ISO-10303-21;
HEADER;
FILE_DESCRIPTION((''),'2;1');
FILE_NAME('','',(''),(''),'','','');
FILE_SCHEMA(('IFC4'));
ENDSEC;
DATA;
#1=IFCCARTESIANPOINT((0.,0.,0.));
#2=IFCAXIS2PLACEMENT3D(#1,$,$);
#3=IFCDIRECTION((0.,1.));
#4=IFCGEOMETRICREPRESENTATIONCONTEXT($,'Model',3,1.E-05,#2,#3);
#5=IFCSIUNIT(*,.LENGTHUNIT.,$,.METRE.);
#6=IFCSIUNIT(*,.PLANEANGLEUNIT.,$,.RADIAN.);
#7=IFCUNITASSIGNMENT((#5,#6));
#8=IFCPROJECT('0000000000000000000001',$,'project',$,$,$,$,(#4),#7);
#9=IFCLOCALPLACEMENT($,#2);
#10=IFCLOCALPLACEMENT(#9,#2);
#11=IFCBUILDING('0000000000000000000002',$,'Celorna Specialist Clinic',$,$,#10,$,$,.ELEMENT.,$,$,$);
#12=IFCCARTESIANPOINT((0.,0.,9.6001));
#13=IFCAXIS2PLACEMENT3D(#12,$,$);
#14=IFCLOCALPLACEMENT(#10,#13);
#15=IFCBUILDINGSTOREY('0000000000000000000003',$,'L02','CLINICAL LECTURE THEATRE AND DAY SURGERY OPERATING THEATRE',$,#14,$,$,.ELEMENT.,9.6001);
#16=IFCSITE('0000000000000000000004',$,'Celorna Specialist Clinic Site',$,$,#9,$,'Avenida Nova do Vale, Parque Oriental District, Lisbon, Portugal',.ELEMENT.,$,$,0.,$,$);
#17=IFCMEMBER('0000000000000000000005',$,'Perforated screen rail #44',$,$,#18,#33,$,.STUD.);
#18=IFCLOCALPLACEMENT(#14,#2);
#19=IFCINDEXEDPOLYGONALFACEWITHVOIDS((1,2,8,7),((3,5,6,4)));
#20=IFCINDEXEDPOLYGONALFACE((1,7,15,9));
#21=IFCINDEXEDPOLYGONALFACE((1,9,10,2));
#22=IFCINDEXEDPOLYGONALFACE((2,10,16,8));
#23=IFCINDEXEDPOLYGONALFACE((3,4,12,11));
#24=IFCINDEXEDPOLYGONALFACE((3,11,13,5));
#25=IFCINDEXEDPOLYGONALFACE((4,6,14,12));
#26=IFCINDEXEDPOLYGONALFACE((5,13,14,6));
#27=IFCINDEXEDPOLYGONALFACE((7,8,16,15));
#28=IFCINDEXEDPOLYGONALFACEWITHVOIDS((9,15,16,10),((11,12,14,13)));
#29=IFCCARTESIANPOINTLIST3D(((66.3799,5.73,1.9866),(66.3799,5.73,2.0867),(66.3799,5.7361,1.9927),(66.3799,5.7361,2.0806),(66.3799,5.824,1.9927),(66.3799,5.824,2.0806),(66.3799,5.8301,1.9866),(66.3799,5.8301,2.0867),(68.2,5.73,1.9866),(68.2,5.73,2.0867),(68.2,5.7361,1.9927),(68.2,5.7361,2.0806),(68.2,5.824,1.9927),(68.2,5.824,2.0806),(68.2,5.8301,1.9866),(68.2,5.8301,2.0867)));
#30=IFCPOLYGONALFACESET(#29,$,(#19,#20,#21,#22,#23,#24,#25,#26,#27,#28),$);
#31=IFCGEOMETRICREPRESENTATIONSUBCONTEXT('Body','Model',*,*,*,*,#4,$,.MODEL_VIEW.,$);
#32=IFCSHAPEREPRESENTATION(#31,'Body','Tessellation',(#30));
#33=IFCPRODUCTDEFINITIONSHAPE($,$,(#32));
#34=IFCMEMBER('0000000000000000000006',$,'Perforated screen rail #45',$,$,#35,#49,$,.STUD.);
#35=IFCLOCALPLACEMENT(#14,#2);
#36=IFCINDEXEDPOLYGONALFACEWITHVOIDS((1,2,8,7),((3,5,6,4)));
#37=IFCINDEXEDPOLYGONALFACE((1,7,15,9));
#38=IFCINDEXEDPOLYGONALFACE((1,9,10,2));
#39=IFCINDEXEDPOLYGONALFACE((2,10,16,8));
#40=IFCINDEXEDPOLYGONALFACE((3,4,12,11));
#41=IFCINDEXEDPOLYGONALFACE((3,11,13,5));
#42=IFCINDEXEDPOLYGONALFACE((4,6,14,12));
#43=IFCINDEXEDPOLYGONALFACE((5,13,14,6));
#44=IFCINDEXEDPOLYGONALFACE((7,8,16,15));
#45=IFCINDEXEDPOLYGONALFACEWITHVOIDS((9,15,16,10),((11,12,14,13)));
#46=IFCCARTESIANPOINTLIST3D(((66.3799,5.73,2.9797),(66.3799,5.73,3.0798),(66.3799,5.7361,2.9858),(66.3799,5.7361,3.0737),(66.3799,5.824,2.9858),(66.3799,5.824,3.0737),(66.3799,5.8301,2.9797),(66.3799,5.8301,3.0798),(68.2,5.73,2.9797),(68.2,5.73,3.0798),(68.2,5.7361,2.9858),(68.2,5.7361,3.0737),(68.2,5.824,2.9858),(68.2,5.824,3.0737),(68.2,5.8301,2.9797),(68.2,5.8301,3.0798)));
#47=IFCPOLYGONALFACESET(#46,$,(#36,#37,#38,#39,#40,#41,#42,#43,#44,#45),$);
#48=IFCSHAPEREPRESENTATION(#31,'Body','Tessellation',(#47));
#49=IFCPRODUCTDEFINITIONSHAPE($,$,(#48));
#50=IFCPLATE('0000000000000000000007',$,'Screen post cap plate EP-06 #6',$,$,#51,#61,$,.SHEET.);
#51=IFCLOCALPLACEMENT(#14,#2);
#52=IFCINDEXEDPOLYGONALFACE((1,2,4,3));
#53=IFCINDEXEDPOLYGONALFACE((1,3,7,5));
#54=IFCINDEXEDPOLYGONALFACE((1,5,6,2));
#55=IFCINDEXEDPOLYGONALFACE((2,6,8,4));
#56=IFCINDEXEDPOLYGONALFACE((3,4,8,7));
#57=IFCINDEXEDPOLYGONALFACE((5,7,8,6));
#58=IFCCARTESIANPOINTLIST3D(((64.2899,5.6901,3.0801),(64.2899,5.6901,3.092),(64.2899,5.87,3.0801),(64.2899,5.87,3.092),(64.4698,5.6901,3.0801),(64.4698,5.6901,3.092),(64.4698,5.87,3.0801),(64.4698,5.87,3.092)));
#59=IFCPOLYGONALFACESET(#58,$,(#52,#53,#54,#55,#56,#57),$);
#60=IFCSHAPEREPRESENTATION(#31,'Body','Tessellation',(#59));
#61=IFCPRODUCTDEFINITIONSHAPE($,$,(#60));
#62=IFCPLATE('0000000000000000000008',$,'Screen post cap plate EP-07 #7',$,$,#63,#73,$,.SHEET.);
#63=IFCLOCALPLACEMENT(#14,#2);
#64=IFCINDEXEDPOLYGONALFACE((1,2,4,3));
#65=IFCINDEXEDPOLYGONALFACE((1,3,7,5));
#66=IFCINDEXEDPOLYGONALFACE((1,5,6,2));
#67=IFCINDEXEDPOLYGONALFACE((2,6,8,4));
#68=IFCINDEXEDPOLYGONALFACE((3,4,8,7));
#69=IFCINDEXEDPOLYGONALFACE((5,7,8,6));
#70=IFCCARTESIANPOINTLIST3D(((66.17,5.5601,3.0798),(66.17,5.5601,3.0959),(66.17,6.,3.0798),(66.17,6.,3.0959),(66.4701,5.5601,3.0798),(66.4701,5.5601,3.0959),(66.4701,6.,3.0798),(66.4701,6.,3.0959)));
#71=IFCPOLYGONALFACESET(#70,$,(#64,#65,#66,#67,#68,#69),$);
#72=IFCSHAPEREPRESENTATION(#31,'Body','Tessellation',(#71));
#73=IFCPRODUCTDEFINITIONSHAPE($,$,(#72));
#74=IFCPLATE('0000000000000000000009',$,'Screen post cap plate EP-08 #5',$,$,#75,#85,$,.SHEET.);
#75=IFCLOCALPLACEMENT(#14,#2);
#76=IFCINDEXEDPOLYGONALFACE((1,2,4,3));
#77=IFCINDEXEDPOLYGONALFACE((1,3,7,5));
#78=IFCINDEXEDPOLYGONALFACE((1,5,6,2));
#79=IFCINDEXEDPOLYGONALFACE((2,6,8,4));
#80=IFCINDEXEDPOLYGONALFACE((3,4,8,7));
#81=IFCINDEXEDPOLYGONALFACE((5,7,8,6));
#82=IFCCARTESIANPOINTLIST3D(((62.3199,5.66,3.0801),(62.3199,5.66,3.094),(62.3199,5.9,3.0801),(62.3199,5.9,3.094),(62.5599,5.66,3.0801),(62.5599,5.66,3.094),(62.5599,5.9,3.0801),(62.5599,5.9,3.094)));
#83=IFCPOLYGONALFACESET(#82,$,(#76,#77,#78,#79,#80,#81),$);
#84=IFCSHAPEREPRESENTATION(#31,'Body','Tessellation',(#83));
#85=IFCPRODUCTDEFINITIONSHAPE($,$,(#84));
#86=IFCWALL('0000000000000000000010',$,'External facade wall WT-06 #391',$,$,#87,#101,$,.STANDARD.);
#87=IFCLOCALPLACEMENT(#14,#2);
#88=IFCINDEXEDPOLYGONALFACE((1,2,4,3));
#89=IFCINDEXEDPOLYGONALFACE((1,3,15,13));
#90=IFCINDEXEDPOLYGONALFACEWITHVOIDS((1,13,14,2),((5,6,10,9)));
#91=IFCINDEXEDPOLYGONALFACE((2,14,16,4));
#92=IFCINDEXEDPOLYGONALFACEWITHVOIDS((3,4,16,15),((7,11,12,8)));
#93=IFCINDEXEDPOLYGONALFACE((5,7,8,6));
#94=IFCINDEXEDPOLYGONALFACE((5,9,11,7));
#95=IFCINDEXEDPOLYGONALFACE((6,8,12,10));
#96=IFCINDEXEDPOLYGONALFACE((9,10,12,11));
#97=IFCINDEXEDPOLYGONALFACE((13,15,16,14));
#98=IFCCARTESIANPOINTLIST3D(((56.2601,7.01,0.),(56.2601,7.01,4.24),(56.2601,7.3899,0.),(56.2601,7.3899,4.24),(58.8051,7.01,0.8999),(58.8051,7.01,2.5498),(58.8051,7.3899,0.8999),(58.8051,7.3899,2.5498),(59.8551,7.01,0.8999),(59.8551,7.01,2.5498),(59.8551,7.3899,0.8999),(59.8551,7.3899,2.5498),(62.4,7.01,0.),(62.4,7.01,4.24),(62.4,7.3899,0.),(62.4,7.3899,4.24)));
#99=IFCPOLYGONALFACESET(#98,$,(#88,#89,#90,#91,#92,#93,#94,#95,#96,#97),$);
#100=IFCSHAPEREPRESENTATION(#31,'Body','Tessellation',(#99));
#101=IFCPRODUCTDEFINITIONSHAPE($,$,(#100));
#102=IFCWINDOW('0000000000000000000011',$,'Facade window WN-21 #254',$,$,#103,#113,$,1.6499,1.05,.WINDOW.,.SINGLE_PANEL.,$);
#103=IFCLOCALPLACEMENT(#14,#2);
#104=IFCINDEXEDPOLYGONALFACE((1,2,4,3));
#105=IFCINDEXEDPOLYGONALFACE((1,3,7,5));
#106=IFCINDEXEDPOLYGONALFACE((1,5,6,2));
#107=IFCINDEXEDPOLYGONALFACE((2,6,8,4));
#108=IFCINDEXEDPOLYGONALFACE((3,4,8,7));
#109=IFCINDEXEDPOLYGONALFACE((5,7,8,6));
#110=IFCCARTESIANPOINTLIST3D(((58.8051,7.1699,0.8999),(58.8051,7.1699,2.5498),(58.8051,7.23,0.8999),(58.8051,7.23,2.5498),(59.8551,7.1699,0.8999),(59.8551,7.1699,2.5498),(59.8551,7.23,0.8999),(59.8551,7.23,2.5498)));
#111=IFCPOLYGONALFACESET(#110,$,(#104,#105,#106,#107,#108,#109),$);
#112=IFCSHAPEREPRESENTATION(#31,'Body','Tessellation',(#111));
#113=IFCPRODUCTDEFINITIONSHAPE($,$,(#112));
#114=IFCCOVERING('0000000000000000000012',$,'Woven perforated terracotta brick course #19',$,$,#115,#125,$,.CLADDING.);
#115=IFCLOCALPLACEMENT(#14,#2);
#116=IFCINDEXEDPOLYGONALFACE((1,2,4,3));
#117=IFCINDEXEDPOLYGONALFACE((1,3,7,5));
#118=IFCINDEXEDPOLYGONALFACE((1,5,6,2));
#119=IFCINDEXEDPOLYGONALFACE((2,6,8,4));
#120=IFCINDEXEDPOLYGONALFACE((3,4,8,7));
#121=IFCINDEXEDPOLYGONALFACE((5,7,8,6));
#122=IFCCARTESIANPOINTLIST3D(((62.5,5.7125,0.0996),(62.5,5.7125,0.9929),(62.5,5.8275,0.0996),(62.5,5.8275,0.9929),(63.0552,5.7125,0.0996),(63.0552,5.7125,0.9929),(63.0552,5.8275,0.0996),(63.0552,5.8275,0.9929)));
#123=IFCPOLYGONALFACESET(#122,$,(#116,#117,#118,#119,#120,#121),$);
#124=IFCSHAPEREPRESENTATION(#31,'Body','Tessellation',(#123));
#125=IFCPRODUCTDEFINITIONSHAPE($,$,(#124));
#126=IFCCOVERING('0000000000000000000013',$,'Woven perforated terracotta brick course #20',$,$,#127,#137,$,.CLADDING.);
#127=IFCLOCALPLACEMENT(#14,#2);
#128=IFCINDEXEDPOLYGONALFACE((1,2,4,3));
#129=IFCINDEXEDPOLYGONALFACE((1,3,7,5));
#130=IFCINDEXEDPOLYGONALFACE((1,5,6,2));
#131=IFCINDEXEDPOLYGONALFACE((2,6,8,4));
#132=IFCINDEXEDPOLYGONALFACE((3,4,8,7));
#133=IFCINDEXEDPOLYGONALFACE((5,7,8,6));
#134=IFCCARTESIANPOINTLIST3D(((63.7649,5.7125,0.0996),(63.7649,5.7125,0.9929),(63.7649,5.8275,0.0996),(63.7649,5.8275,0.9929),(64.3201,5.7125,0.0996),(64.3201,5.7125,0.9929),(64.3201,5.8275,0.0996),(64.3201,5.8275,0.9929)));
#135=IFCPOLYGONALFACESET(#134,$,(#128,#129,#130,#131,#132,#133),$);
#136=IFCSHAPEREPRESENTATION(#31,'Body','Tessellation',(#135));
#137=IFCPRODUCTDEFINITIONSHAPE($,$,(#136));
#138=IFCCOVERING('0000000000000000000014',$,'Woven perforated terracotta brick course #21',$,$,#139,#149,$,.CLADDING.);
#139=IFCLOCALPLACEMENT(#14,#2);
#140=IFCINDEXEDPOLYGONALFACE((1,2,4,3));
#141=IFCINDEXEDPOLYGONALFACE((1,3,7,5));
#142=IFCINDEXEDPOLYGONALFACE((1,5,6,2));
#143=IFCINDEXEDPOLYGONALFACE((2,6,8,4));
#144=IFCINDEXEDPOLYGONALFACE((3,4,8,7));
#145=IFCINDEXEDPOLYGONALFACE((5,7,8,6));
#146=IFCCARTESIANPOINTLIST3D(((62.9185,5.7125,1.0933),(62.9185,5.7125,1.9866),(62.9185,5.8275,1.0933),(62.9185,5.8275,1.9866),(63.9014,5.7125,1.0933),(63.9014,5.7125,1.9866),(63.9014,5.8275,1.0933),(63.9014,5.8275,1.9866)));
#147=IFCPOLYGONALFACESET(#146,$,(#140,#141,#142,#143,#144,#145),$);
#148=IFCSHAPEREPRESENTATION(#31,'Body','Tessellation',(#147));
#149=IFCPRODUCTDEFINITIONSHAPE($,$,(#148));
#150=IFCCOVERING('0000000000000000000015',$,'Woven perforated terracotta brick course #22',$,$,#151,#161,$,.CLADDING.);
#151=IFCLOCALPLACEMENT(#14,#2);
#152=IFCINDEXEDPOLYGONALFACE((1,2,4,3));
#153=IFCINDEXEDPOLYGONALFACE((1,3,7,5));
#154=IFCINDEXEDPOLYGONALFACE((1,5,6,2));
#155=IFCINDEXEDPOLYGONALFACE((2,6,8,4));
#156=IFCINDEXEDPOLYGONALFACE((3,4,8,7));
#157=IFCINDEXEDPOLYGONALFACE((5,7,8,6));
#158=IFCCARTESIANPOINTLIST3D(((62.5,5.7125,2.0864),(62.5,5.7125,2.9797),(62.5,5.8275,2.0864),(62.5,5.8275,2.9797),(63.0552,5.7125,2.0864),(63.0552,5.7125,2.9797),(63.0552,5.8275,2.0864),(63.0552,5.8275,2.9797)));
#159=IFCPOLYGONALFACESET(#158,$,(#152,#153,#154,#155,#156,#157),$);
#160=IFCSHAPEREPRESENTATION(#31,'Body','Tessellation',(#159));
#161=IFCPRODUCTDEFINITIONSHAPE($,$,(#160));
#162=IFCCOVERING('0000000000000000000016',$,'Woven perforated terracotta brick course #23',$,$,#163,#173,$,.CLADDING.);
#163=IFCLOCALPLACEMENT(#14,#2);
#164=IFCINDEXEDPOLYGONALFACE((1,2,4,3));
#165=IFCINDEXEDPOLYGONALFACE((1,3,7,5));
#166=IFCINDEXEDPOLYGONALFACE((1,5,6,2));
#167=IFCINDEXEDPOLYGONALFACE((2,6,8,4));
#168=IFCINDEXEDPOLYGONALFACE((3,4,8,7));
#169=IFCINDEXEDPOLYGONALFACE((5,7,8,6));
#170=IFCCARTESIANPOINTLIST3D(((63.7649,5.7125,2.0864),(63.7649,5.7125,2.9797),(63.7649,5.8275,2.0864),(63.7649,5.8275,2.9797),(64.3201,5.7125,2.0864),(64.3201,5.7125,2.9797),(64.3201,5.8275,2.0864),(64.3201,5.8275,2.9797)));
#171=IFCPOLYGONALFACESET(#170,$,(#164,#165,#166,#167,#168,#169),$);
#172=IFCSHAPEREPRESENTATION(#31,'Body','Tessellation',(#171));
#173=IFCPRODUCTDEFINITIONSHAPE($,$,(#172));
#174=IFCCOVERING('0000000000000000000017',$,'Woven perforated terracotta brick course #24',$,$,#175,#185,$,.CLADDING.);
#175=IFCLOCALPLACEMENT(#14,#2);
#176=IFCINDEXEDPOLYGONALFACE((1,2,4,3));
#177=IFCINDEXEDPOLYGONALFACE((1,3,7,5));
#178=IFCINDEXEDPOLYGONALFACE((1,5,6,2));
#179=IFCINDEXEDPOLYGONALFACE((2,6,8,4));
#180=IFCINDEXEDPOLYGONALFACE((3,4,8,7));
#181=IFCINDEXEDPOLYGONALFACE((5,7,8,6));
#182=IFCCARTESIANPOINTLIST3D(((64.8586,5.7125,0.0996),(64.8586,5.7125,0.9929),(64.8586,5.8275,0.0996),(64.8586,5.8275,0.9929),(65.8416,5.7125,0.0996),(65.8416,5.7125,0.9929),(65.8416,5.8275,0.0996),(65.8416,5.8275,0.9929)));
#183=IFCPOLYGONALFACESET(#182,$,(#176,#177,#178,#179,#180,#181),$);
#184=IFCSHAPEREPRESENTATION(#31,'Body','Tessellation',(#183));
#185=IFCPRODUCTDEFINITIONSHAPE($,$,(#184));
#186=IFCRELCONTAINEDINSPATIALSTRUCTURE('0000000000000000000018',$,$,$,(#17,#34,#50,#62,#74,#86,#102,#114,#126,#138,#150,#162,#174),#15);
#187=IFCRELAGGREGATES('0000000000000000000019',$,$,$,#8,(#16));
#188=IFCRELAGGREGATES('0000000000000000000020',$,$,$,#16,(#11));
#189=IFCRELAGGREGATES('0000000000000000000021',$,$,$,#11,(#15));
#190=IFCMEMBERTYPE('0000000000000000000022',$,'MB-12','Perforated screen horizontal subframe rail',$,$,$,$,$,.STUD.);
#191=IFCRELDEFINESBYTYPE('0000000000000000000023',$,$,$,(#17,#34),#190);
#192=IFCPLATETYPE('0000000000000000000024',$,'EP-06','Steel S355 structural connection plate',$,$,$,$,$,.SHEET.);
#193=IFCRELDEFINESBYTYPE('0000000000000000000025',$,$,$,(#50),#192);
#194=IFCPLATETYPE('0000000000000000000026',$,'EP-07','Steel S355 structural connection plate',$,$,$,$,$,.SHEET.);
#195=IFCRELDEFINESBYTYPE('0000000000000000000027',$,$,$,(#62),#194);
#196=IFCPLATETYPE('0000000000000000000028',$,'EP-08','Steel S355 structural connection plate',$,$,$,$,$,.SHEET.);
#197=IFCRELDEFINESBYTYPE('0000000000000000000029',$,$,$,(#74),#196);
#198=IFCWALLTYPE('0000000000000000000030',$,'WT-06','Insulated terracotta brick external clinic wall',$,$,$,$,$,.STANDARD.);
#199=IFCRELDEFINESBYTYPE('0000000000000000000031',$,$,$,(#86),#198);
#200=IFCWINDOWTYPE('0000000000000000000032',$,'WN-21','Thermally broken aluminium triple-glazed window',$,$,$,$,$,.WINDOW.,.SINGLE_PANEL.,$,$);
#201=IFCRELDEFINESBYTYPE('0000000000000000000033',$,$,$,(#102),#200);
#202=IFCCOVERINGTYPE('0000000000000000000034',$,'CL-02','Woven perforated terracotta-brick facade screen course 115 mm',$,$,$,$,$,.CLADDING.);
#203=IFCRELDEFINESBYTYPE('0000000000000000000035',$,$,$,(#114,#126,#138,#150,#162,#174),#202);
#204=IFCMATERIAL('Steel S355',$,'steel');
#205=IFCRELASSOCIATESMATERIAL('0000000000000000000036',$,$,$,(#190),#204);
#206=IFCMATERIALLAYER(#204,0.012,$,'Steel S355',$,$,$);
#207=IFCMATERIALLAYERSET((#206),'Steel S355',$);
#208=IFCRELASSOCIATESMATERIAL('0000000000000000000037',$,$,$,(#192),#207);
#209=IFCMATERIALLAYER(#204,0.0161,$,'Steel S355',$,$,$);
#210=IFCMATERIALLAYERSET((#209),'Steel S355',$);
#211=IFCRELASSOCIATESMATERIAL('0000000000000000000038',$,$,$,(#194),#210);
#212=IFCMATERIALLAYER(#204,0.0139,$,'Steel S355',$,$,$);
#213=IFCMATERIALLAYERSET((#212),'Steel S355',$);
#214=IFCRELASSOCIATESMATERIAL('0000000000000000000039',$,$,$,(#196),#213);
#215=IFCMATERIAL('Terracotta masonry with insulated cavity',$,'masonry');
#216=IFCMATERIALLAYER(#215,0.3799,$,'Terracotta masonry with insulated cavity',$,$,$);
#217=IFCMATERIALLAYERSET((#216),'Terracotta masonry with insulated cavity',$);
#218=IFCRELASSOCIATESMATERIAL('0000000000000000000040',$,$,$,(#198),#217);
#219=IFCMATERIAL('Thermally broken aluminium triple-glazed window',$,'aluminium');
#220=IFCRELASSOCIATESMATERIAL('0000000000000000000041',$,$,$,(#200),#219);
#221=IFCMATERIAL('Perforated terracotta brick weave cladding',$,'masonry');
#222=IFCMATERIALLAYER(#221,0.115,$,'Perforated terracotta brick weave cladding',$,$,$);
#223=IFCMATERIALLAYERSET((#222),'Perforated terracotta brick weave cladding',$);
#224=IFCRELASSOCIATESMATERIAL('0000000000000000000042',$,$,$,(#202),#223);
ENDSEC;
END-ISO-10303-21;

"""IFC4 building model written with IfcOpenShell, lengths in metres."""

from ifc_helpers import new_model, si_unit, direction, frame, frame_2d, origin, origin_2d, place, context, subcontext, project, spatial, rectangle, hollow_rectangle, extrude, material, layer, layer_set, material_profile, profile_set, type_object, element, fill, save


model = new_model("IFC4")

# Units and contexts
model_context = context("Model", 3, precision=1e-05, world=origin(), true_north=direction((0.0, 1.0)))
body_context = subcontext(model_context, "Body", "Model", "MODEL_VIEW")
ifc_project = project(units=[si_unit("LENGTHUNIT", "METRE"), si_unit("PLANEANGLEUNIT", "RADIAN")], contexts=[model_context])

# Site, building, storey
site_placement = place(None, origin())
site = spatial("IfcSite", under=ifc_project, at=site_placement, Name="Celorna Specialist Clinic Site", LongName="Avenida Nova do Vale, Parque Oriental District, Lisbon, Portugal", CompositionType="ELEMENT", RefElevation=0.0)
building_placement = place(site_placement, origin())
building = spatial("IfcBuilding", under=site, at=building_placement, Name="Celorna Specialist Clinic", CompositionType="ELEMENT")
storey_placement = place(building_placement, frame((0.0, 0.0, 9.6001)))
storey = spatial("IfcBuildingStorey", under=building, at=storey_placement, Name="L02", Description="CLINICAL LECTURE THEATRE AND DAY SURGERY OPERATING THEATRE", CompositionType="ELEMENT", Elevation=9.6001)

# Members
ifc_material_1 = material(Name="Steel S355", Category="steel")
ifc_material_profile_1 = material_profile(ifc_material_1, hollow_rectangle(XDim=0.1001, YDim=0.1001, WallThickness=0.0061, at=origin_2d()), Name="SHS 100x100x6")
ifc_profile_set_1 = profile_set([ifc_material_profile_1], Name="Steel S355")
member_type_1 = type_object("IfcMemberType", Name="MB-12", Description="Perforated screen horizontal subframe rail", PredefinedType="STUD", material=ifc_profile_set_1)
for number, where, z_axis, x_axis, name in (
    (1, (66.3799, 5.78, 2.0366), (1.0, 0.0, 0.0), (0.0, 1.0, 0.0), "Perforated screen rail #44"),
    (2, (66.3799, 5.78, 3.0298), (1.0, 0.0, 0.0), (0.0, 1.0, 0.0), "Perforated screen rail #45"),
):
    element("IfcMember", number, at=place(storey_placement, frame(where, z_axis=z_axis, x_axis=x_axis)), inside=storey, type_object=member_type_1, Name=name, PredefinedType="STUD", context=body_context, shape_type="SweptSolid", body=[
        extrude(hollow_rectangle(XDim=0.1001, YDim=0.1001, WallThickness=0.0061, at=origin_2d()), origin(), (0.0, 0.0, 1.0), 1.8201),
    ])

# Plates
ifc_layer_1 = layer(ifc_material_1, 0.012, Name="Steel S355")
ifc_layer_set_1 = layer_set([ifc_layer_1], Name="Steel S355")
plate_type_1 = type_object("IfcPlateType", Name="EP-06", Description="Steel S355 structural connection plate", PredefinedType="SHEET", material=ifc_layer_set_1)
plate_1_placement = place(storey_placement, frame((64.3799, 5.78, 3.0801), z_axis=(0.0, 0.0, 1.0), x_axis=(1.0, 0.0, 0.0)))
element("IfcPlate", 3, at=plate_1_placement, inside=storey, type_object=plate_type_1, Name="Screen post cap plate EP-06 #6", PredefinedType="SHEET", context=body_context, shape_type="SweptSolid", body=[
    extrude(rectangle(XDim=0.1799, YDim=0.1799, at=origin_2d()), origin(), (0.0, 0.0, 1.0), 0.012),
])
ifc_layer_2 = layer(ifc_material_1, 0.0161, Name="Steel S355")
ifc_layer_set_2 = layer_set([ifc_layer_2], Name="Steel S355")
plate_type_2 = type_object("IfcPlateType", Name="EP-07", Description="Steel S355 structural connection plate", PredefinedType="SHEET", material=ifc_layer_set_2)
plate_2_placement = place(storey_placement, frame((66.3201, 5.78, 3.0798), z_axis=(0.0, 0.0, 1.0), x_axis=(1.0, 0.0, 0.0)))
element("IfcPlate", 4, at=plate_2_placement, inside=storey, type_object=plate_type_2, Name="Screen post cap plate EP-07 #7", PredefinedType="SHEET", context=body_context, shape_type="SweptSolid", body=[
    extrude(rectangle(XDim=0.3, YDim=0.4399, at=origin_2d()), origin(), (0.0, 0.0, 1.0), 0.0161),
])
ifc_layer_3 = layer(ifc_material_1, 0.0139, Name="Steel S355")
ifc_layer_set_3 = layer_set([ifc_layer_3], Name="Steel S355")
plate_type_3 = type_object("IfcPlateType", Name="EP-08", Description="Steel S355 structural connection plate", PredefinedType="SHEET", material=ifc_layer_set_3)
plate_3_placement = place(storey_placement, frame((62.4399, 5.78, 3.0801), z_axis=(0.0, 0.0, 1.0), x_axis=(1.0, 0.0, 0.0)))
element("IfcPlate", 5, at=plate_3_placement, inside=storey, type_object=plate_type_3, Name="Screen post cap plate EP-08 #5", PredefinedType="SHEET", context=body_context, shape_type="SweptSolid", body=[
    extrude(rectangle(XDim=0.24, YDim=0.24, at=origin_2d()), origin(), (0.0, 0.0, 1.0), 0.0139),
])

# Wall, opening, window
ifc_material_2 = material(Name="Terracotta masonry with insulated cavity", Category="masonry")
ifc_layer_4 = layer(ifc_material_2, 0.3799, Name="Terracotta masonry with insulated cavity")
ifc_layer_set_4 = layer_set([ifc_layer_4], Name="Terracotta masonry with insulated cavity")
wall_type = type_object("IfcWallType", Name="WT-06", Description="Insulated terracotta brick external clinic wall", PredefinedType="STANDARD", material=ifc_layer_set_4)
wall_placement = place(storey_placement, frame((62.3999, 7.2, 0.0), z_axis=(0.0, 0.0, 1.0), x_axis=(-1.0, 0.0, 0.0)))
wall = element("IfcWall", 6, at=wall_placement, inside=storey, type_object=wall_type, Name="External facade wall WT-06 #391", PredefinedType="STANDARD", context=body_context, shape_type="SweptSolid", body=[
    extrude(rectangle(XDim=6.1399, YDim=0.3799, at=frame_2d((3.0698, 0.0))), origin(), (0.0, 0.0, 1.0), 4.24),
])
opening_placement = place(wall_placement, frame((2.5449, 0.0, 0.8999)))
opening = element("IfcOpeningElement", 7, at=opening_placement, cuts=wall, PredefinedType="OPENING", context=body_context, shape_type="SweptSolid", body=[
    extrude(rectangle(XDim=1.05, YDim=1.6499, at=frame_2d((0.5249, 0.825))), frame((0.0, 0.2, 0.0), z_axis=(0.0, -1.0, 0.0), x_axis=(1.0, 0.0, 0.0)), (0.0, 0.0, 1.0), 0.3999),
])
ifc_material_3 = material(Name="Thermally broken aluminium triple-glazed window", Category="aluminium")
window_type = type_object("IfcWindowType", Name="WN-21", Description="Thermally broken aluminium triple-glazed window", PartitioningType="SINGLE_PANEL", PredefinedType="WINDOW", material=ifc_material_3)
window_placement = place(opening_placement, origin())
window = element("IfcWindow", 8, at=window_placement, inside=storey, type_object=window_type, Name="Facade window WN-21 #254", OverallHeight=1.6499, OverallWidth=1.05, PartitioningType="SINGLE_PANEL", PredefinedType="WINDOW", context=body_context, shape_type="SweptSolid", body=[
    extrude(rectangle(XDim=1.05, YDim=1.6499, at=frame_2d((0.5249, 0.825))), frame((0.0, 0.03, 0.0), z_axis=(0.0, -1.0, 0.0), x_axis=(1.0, 0.0, 0.0)), (0.0, 0.0, 1.0), 0.0601),
])
fill(opening, window)

# Coverings
ifc_material_4 = material(Name="Perforated terracotta brick weave cladding", Category="masonry")
ifc_layer_5 = layer(ifc_material_4, 0.115, Name="Perforated terracotta brick weave cladding")
ifc_layer_set_5 = layer_set([ifc_layer_5], Name="Perforated terracotta brick weave cladding")
covering_type = type_object("IfcCoveringType", Name="CL-02", Description="Woven perforated terracotta-brick facade screen course 115 mm", PredefinedType="CLADDING", material=ifc_layer_set_5)
for number, where, z_axis, x_axis, name in (
    (9, (62.7776, 5.77, 0.0996), (0.0, 0.0, 1.0), (1.0, 0.0, 0.0), "Woven perforated terracotta brick course #19"),
    (10, (64.0425, 5.77, 0.0996), (0.0, 0.0, 1.0), (1.0, 0.0, 0.0), "Woven perforated terracotta brick course #20"),
):
    element("IfcCovering", number, at=place(storey_placement, frame(where, z_axis=z_axis, x_axis=x_axis)), inside=storey, type_object=covering_type, Name=name, PredefinedType="CLADDING", context=body_context, shape_type="SweptSolid", body=[
        extrude(rectangle(XDim=0.5552, YDim=0.115, at=origin_2d()), origin(), (0.0, 0.0, 1.0), 0.8933),
    ])
covering_1_placement = place(storey_placement, frame((63.4099, 5.77, 1.0933), z_axis=(0.0, 0.0, 1.0), x_axis=(1.0, 0.0, 0.0)))
element("IfcCovering", 11, at=covering_1_placement, inside=storey, type_object=covering_type, Name="Woven perforated terracotta brick course #21", PredefinedType="CLADDING", context=body_context, shape_type="SweptSolid", body=[
    extrude(rectangle(XDim=0.9829, YDim=0.115, at=origin_2d()), origin(), (0.0, 0.0, 1.0), 0.8933),
])
for number, where, z_axis, x_axis, name in (
    (12, (62.7776, 5.77, 2.0864), (0.0, 0.0, 1.0), (1.0, 0.0, 0.0), "Woven perforated terracotta brick course #22"),
    (13, (64.0425, 5.77, 2.0864), (0.0, 0.0, 1.0), (1.0, 0.0, 0.0), "Woven perforated terracotta brick course #23"),
):
    element("IfcCovering", number, at=place(storey_placement, frame(where, z_axis=z_axis, x_axis=x_axis)), inside=storey, type_object=covering_type, Name=name, PredefinedType="CLADDING", context=body_context, shape_type="SweptSolid", body=[
        extrude(rectangle(XDim=0.5552, YDim=0.115, at=origin_2d()), origin(), (0.0, 0.0, 1.0), 0.8933),
    ])
covering_2_placement = place(storey_placement, frame((65.3501, 5.77, 0.0996), z_axis=(0.0, 0.0, 1.0), x_axis=(1.0, 0.0, 0.0)))
element("IfcCovering", 14, at=covering_2_placement, inside=storey, type_object=covering_type, Name="Woven perforated terracotta brick course #24", PredefinedType="CLADDING", context=body_context, shape_type="SweptSolid", body=[
    extrude(rectangle(XDim=0.9829, YDim=0.115, at=origin_2d()), origin(), (0.0, 0.0, 1.0), 0.8933),
])

save(model, "model.ifc")
